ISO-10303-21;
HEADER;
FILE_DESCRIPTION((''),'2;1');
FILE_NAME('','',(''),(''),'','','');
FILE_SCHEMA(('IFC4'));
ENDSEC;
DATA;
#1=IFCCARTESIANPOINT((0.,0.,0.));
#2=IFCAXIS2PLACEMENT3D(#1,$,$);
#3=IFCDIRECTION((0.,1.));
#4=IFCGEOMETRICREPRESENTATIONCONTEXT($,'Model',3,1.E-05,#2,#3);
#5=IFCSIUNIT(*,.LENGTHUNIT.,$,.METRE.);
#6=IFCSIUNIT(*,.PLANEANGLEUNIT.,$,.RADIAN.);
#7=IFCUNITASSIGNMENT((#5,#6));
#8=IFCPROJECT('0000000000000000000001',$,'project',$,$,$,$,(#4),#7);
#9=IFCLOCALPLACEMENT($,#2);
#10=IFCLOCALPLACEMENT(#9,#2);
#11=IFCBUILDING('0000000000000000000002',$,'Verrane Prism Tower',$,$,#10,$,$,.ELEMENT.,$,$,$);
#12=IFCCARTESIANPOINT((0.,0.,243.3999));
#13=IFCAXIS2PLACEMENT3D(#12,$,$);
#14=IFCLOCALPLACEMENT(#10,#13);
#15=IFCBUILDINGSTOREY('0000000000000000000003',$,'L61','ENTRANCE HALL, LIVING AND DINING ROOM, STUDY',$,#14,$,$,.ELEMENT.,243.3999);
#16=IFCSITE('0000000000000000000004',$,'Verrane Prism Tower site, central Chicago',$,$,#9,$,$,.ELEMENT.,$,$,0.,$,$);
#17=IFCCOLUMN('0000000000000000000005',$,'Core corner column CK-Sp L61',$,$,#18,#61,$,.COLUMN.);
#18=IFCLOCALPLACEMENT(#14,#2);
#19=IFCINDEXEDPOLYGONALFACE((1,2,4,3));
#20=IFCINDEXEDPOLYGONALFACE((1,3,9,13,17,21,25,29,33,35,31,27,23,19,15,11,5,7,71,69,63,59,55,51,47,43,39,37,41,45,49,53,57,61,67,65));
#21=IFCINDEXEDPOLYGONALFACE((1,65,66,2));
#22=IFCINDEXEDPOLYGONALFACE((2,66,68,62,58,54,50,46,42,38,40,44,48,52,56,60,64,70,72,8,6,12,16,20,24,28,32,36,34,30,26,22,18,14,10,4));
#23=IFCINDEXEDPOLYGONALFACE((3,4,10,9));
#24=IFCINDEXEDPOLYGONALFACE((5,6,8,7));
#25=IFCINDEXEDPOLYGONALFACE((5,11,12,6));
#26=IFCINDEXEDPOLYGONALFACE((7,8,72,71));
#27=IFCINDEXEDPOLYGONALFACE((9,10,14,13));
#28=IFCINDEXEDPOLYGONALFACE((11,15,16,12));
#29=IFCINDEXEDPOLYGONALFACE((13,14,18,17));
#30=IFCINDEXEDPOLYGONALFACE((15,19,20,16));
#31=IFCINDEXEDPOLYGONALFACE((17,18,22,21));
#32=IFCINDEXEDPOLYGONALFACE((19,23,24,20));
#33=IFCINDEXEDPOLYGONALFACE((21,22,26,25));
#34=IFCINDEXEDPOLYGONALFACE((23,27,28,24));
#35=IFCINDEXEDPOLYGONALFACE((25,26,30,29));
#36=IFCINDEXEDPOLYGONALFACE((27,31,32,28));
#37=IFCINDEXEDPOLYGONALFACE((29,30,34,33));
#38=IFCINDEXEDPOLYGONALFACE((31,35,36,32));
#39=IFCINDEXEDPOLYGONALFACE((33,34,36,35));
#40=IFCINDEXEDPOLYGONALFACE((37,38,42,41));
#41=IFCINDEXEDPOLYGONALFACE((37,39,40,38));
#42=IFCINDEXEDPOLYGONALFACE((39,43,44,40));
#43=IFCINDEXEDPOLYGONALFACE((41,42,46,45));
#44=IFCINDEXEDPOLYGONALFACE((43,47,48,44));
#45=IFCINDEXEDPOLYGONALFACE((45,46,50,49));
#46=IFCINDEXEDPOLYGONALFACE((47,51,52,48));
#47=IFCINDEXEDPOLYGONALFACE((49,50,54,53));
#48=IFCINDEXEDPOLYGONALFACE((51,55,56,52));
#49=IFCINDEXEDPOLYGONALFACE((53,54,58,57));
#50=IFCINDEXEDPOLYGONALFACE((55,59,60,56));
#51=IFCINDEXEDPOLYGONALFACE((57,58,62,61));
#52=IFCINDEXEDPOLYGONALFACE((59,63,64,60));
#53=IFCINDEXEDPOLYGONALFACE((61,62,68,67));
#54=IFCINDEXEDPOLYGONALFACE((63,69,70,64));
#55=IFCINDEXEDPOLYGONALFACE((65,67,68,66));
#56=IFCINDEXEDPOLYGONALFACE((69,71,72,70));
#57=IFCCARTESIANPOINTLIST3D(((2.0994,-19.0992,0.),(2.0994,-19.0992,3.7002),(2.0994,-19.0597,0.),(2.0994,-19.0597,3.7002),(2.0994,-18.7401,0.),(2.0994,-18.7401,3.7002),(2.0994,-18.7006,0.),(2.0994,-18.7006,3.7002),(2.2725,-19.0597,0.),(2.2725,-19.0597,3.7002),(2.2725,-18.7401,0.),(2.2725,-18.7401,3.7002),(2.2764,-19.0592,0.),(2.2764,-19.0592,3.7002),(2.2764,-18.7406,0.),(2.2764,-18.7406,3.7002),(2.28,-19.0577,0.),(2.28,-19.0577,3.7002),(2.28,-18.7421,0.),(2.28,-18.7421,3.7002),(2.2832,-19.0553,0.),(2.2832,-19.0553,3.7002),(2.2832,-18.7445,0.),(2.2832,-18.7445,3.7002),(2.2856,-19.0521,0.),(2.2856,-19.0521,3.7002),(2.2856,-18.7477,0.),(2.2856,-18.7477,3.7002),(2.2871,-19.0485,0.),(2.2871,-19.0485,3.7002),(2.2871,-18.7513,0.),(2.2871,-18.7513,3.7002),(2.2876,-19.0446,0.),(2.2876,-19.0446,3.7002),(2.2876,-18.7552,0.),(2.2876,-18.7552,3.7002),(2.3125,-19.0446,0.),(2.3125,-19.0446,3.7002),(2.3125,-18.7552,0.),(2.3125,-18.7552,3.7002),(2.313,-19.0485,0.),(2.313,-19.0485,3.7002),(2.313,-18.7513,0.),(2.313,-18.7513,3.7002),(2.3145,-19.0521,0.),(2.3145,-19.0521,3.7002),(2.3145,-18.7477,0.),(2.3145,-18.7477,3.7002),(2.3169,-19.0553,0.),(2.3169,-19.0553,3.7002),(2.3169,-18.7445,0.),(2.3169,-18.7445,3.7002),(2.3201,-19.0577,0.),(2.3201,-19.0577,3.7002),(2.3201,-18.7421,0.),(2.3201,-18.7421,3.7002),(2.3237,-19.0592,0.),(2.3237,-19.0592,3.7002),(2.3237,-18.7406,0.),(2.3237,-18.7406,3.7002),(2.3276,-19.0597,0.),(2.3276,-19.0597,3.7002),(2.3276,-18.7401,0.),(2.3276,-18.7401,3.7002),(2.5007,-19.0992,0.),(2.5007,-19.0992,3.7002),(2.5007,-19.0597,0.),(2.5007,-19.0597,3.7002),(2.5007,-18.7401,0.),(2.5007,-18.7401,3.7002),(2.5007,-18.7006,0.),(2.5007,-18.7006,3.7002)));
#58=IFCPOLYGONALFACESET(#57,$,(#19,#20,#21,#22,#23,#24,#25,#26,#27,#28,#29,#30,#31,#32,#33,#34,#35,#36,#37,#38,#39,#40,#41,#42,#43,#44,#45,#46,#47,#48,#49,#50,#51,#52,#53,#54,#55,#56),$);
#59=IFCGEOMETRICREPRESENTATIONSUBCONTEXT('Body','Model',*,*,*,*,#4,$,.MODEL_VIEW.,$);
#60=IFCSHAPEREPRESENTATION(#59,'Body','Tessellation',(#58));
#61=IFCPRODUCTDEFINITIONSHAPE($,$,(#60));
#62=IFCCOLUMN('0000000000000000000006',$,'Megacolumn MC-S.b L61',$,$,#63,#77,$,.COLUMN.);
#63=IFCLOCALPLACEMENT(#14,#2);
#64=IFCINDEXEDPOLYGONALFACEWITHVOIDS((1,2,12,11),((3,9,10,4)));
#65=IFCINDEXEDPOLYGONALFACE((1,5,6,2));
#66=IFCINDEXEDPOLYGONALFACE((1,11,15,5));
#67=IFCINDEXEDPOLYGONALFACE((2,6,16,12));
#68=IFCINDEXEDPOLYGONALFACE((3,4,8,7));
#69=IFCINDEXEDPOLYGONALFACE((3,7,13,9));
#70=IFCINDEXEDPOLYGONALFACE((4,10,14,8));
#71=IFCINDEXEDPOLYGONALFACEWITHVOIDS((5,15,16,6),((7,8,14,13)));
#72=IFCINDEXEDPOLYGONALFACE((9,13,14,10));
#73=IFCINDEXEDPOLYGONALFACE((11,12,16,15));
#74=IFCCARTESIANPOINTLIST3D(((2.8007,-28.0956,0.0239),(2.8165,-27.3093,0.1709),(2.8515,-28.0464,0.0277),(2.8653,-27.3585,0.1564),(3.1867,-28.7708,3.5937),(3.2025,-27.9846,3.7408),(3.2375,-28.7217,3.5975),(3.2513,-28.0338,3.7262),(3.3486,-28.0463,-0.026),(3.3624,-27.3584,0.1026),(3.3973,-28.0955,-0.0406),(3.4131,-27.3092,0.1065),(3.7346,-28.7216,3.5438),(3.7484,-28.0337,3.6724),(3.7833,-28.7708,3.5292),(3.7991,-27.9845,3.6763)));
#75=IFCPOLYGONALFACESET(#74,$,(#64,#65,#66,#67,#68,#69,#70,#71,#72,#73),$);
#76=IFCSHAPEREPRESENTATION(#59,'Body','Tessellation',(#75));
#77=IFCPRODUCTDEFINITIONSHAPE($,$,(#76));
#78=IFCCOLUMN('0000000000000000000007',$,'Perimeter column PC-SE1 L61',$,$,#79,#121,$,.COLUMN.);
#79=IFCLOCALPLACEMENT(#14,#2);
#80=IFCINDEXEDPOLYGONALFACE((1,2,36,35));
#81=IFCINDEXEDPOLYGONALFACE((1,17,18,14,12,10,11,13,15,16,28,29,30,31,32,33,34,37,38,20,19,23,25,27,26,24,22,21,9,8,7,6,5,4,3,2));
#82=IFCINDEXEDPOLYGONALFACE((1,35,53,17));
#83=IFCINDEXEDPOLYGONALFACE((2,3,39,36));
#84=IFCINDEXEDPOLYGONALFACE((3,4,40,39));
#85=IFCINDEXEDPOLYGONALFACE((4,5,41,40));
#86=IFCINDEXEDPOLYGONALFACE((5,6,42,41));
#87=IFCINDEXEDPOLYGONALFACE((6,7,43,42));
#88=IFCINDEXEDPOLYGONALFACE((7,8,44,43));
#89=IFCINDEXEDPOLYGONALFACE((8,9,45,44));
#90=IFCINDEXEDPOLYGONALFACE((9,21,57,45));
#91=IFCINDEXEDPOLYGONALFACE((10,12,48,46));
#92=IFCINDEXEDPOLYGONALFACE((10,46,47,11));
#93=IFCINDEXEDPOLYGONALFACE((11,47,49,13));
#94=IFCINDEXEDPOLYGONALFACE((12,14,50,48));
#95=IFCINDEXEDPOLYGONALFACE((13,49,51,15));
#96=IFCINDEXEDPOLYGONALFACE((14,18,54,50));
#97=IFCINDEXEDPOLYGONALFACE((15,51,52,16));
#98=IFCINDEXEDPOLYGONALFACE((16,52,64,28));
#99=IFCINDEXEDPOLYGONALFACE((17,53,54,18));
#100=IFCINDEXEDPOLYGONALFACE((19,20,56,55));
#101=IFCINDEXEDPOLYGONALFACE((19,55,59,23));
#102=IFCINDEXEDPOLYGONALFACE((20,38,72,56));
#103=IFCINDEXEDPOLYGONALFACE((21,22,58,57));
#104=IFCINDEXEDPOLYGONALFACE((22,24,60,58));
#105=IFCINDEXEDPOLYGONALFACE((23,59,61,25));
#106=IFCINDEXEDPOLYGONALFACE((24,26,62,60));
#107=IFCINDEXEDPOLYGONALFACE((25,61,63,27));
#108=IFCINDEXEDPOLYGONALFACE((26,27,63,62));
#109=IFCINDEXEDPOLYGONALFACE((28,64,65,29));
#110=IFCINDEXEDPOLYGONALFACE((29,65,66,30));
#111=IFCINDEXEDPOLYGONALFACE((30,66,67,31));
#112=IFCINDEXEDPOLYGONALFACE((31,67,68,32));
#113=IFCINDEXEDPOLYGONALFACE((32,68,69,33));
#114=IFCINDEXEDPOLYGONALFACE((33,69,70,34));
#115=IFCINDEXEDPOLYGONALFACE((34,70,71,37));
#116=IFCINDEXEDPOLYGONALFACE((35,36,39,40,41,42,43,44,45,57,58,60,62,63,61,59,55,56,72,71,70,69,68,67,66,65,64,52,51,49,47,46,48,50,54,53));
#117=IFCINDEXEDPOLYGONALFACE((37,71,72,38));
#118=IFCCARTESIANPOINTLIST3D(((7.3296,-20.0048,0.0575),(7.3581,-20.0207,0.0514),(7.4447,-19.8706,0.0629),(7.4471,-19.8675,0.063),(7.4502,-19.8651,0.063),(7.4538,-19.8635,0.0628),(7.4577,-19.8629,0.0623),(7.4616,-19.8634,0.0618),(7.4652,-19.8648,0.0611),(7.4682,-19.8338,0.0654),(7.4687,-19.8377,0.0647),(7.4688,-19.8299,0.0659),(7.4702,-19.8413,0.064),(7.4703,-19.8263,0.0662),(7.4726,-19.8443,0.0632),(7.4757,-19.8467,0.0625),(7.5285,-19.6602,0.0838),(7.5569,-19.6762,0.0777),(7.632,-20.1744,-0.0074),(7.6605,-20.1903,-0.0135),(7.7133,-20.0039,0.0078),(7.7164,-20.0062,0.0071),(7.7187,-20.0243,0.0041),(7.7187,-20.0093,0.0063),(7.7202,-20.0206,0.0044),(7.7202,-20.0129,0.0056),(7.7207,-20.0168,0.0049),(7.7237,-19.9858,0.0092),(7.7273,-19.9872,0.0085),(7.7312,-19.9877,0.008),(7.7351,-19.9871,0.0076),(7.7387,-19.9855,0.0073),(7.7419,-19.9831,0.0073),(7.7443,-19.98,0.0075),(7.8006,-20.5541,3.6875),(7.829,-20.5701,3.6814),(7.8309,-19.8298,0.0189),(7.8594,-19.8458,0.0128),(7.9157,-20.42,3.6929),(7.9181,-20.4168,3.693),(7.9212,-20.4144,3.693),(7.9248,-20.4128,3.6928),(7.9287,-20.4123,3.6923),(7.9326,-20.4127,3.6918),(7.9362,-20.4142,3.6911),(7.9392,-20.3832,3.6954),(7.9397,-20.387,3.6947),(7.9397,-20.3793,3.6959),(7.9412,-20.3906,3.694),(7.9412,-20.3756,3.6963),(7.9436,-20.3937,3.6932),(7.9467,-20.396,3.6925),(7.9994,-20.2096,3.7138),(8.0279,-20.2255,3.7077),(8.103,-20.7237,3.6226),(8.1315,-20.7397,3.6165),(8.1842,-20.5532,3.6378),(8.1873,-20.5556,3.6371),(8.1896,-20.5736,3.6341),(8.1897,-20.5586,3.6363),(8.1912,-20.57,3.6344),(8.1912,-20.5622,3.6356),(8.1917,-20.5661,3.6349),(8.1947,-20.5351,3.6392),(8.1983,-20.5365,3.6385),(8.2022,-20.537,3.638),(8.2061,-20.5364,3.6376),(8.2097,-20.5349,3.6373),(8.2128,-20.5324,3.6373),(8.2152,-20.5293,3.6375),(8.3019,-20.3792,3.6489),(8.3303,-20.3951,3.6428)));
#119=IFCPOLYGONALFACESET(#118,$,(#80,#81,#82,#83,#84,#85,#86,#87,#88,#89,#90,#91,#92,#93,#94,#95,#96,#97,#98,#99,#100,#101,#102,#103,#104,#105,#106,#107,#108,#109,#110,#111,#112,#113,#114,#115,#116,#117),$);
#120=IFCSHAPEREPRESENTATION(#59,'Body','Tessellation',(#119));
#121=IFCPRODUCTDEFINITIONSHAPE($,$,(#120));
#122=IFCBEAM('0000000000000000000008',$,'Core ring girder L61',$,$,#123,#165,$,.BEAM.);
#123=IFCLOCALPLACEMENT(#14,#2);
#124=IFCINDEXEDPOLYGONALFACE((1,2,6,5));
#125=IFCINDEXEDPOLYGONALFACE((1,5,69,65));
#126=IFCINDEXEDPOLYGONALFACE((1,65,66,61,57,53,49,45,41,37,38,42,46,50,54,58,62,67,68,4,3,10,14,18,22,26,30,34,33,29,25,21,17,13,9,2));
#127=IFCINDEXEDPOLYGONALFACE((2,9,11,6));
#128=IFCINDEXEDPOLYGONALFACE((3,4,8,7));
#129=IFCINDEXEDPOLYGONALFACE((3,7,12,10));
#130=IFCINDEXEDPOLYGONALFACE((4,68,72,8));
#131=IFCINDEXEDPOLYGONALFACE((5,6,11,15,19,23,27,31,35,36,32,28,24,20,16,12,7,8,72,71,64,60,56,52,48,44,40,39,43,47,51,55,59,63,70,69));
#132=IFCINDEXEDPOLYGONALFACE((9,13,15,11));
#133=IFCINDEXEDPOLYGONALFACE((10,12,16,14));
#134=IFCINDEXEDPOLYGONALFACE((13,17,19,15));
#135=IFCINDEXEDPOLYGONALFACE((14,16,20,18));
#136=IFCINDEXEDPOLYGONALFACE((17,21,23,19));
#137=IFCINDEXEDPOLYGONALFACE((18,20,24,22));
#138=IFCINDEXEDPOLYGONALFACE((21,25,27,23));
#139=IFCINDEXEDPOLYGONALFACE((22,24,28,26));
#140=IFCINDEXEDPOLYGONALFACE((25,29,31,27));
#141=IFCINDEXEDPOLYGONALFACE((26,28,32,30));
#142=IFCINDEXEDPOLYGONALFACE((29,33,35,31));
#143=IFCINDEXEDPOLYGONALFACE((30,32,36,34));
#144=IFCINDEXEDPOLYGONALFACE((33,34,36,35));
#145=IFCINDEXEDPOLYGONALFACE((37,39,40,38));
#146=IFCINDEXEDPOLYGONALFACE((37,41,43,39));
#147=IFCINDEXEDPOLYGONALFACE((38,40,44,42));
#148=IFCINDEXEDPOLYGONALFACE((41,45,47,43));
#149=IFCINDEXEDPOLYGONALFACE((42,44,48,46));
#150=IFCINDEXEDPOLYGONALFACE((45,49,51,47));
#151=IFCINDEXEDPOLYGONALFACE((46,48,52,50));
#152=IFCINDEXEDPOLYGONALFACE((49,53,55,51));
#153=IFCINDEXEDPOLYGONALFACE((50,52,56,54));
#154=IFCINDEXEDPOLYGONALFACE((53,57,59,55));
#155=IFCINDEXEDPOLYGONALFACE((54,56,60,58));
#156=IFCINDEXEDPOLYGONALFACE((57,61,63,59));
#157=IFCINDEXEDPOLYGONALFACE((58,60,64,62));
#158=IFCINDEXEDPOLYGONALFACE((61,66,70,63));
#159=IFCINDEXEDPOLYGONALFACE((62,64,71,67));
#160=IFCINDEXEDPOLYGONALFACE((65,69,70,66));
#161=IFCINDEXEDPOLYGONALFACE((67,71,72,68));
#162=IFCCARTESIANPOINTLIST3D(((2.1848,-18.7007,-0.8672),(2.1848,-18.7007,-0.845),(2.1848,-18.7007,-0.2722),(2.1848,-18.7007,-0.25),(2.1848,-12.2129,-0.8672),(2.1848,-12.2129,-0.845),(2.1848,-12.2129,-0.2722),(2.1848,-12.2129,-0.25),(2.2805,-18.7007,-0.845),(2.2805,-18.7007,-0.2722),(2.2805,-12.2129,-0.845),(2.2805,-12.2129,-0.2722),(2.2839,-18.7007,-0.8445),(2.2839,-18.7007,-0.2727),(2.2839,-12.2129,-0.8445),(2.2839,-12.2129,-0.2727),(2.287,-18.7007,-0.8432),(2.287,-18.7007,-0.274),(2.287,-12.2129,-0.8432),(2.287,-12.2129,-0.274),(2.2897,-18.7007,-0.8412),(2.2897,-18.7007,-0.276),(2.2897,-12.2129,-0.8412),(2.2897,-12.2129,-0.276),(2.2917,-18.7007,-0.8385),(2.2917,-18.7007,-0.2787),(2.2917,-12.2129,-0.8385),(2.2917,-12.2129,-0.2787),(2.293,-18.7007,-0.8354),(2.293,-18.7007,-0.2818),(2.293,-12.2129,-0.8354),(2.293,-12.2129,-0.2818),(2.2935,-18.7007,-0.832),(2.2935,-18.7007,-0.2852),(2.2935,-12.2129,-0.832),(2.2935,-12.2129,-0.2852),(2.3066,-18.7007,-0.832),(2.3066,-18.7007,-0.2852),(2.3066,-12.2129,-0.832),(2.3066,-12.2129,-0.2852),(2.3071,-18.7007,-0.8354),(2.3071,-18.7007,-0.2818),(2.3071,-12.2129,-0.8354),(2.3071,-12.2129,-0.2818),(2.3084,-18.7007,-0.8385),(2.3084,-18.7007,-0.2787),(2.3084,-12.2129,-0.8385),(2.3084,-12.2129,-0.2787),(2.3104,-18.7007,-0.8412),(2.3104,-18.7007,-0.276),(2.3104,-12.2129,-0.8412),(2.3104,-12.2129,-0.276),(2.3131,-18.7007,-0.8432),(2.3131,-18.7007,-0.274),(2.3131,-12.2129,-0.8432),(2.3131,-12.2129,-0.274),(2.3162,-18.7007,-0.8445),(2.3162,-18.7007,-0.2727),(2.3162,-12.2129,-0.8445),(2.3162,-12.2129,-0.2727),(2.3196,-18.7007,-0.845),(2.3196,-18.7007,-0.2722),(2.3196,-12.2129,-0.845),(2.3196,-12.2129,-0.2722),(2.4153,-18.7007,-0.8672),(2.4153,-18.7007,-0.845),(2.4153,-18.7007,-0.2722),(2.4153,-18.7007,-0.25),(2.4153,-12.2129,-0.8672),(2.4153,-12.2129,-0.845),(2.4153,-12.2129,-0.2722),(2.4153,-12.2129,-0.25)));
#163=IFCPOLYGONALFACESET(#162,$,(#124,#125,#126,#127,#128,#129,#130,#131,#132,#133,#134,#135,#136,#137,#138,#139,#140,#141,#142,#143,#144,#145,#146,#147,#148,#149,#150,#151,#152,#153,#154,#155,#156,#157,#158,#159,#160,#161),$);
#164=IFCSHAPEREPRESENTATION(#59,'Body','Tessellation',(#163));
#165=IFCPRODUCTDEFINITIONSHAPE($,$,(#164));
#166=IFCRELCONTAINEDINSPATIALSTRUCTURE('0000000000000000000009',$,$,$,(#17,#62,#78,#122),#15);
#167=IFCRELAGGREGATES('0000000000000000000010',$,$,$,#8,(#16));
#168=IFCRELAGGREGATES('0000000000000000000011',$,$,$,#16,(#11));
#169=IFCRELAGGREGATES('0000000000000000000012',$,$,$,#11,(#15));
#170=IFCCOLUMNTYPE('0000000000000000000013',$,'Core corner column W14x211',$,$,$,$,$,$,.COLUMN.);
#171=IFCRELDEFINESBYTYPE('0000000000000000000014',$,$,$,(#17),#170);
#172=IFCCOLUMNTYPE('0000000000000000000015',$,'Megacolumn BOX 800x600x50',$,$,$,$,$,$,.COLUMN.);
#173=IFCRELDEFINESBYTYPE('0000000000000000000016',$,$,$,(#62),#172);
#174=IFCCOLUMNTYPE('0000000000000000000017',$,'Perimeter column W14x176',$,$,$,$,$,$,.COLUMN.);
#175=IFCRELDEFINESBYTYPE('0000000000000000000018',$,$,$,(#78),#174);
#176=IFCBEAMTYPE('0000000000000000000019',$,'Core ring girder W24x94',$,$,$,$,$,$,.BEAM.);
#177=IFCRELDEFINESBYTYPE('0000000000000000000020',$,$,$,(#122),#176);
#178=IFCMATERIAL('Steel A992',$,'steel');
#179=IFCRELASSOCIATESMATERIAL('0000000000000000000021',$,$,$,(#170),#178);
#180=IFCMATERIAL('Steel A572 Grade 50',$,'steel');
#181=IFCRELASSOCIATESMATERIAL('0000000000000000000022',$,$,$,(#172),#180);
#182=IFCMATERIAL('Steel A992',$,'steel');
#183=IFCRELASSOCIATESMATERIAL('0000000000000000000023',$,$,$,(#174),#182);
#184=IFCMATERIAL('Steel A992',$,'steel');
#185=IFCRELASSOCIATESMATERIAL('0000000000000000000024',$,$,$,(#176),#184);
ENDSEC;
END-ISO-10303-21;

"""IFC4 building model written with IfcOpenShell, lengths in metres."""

from ifc_helpers import new_model, si_unit, direction, frame, origin, origin_2d, place, context, subcontext, project, spatial, hollow_rectangle, i_section, extrude, material, material_profile, profile_set, type_object, element, save


model = new_model("IFC4")

# Units and contexts
model_context = context("Model", 3, precision=1e-05, world=origin(), true_north=direction((0.0, 1.0)))
body_context = subcontext(model_context, "Body", "Model", "MODEL_VIEW")
ifc_project = project(units=[si_unit("LENGTHUNIT", "METRE"), si_unit("PLANEANGLEUNIT", "RADIAN")], contexts=[model_context])

# Site, building, storey
site_placement = place(None, origin())
site = spatial("IfcSite", under=ifc_project, at=site_placement, Name="Verrane Prism Tower site, central Chicago", CompositionType="ELEMENT", RefElevation=0.0)
building_placement = place(site_placement, origin())
building = spatial("IfcBuilding", under=site, at=building_placement, Name="Verrane Prism Tower", CompositionType="ELEMENT")
storey_placement = place(building_placement, frame((0.0, 0.0, 243.3999)))
storey = spatial("IfcBuildingStorey", under=building, at=storey_placement, Name="L61", Description="ENTRANCE HALL, LIVING AND DINING ROOM, STUDY", CompositionType="ELEMENT", Elevation=243.3999)

# Columns
ifc_material_1 = material(Name="Steel A992", Category="steel")
ifc_material_profile_1 = material_profile(ifc_material_1, i_section(OverallWidth=0.4014, OverallDepth=0.3987, WebThickness=0.0249, FlangeThickness=0.0396, FilletRadius=0.0151, at=origin_2d()), Name="W14x211")
ifc_profile_set_1 = profile_set([ifc_material_profile_1], Name="Steel A992")
column_type_1 = type_object("IfcColumnType", Name="Core corner column W14x211", PredefinedType="COLUMN", material=ifc_profile_set_1)
column_1_placement = place(storey_placement, frame((2.3, -18.8999, 0.0), z_axis=(0.0, 0.0, 1.0), x_axis=(-1.0, 0.0, 0.0)))
element("IfcColumn", 1, at=column_1_placement, inside=storey, type_object=column_type_1, Name="Core corner column CK-Sp L61", PredefinedType="COLUMN", context=body_context, shape_type="SweptSolid", body=[
    extrude(i_section(OverallWidth=0.4014, OverallDepth=0.3987, WebThickness=0.0249, FlangeThickness=0.0396, FilletRadius=0.0151, at=origin_2d()), origin(), (0.0, 0.0, 1.0), 3.7002),
])
ifc_material_2 = material(Name="Steel A572 Grade 50", Category="steel")
ifc_material_profile_2 = material_profile(ifc_material_2, hollow_rectangle(XDim=0.6001, YDim=0.8, WallThickness=0.05, at=origin_2d()), Name="BOX 800x600x50")
ifc_profile_set_2 = profile_set([ifc_material_profile_2], Name="Steel A572 Grade 50")
column_type_2 = type_object("IfcColumnType", Name="Megacolumn BOX 800x600x50", PredefinedType="COLUMN", material=ifc_profile_set_2)
column_2_placement = place(storey_placement, frame((3.1069, -27.7024, 0.0652), z_axis=(0.105646, -0.18483, 0.977076), x_axis=(-0.994208, -0.000115, 0.107477)))
element("IfcColumn", 2, at=column_2_placement, inside=storey, type_object=column_type_2, Name="Megacolumn MC-S.b L61", PredefinedType="COLUMN", context=body_context, shape_type="SweptSolid", body=[
    extrude(hollow_rectangle(XDim=0.6001, YDim=0.8, WallThickness=0.05, at=origin_2d()), origin(), (0.0, 0.0, 1.0), 3.6536),
])
ifc_material_3 = material(Name="Steel A992", Category="steel")
ifc_material_profile_3 = material_profile(ifc_material_3, i_section(OverallWidth=0.3987, OverallDepth=0.386, WebThickness=0.021, FlangeThickness=0.0332, FilletRadius=0.0151, at=origin_2d()), Name="W14x176")
ifc_profile_set_3 = profile_set([ifc_material_profile_3], Name="Steel A992")
column_type_3 = type_object("IfcColumnType", Name="Perimeter column W14x176", PredefinedType="COLUMN", material=ifc_profile_set_3)
column_3_placement = place(storey_placement, frame((7.5945, -19.9253, 0.0352), z_axis=(0.127238, -0.148412, 0.980706), x_axis=(-0.498812, -0.864189, -0.066062)))
element("IfcColumn", 3, at=column_3_placement, inside=storey, type_object=column_type_3, Name="Perimeter column PC-SE1 L61", PredefinedType="COLUMN", context=body_context, shape_type="SweptSolid", body=[
    extrude(i_section(OverallWidth=0.3987, OverallDepth=0.386, WebThickness=0.021, FlangeThickness=0.0332, FilletRadius=0.0151, at=origin_2d()), origin(), (0.0, 0.0, 1.0), 3.7014),
])

# Beam
ifc_material_4 = material(Name="Steel A992", Category="steel")
ifc_material_profile_4 = material_profile(ifc_material_4, i_section(OverallWidth=0.2305, OverallDepth=0.6172, WebThickness=0.0132, FlangeThickness=0.0222, FilletRadius=0.0129, at=origin_2d()), Name="W24x94")
ifc_profile_set_4 = profile_set([ifc_material_profile_4], Name="Steel A992")
beam_type_1 = type_object("IfcBeamType", Name="Core ring girder W24x94", PredefinedType="BEAM", material=ifc_profile_set_4)
beam_1_placement = place(storey_placement, frame((2.3, -18.7007, -0.5586), z_axis=(0.0, 1.0, 0.0), x_axis=(-1.0, 0.0, 0.0)))
element("IfcBeam", 4, at=beam_1_placement, inside=storey, type_object=beam_type_1, Name="Core ring girder L61", PredefinedType="BEAM", context=body_context, shape_type="SweptSolid", body=[
    extrude(i_section(OverallWidth=0.2305, OverallDepth=0.6172, WebThickness=0.0132, FlangeThickness=0.0222, FilletRadius=0.0129, at=origin_2d()), origin(), (0.0, 0.0, 1.0), 6.4878),
])

save(model, "model.ifc")
